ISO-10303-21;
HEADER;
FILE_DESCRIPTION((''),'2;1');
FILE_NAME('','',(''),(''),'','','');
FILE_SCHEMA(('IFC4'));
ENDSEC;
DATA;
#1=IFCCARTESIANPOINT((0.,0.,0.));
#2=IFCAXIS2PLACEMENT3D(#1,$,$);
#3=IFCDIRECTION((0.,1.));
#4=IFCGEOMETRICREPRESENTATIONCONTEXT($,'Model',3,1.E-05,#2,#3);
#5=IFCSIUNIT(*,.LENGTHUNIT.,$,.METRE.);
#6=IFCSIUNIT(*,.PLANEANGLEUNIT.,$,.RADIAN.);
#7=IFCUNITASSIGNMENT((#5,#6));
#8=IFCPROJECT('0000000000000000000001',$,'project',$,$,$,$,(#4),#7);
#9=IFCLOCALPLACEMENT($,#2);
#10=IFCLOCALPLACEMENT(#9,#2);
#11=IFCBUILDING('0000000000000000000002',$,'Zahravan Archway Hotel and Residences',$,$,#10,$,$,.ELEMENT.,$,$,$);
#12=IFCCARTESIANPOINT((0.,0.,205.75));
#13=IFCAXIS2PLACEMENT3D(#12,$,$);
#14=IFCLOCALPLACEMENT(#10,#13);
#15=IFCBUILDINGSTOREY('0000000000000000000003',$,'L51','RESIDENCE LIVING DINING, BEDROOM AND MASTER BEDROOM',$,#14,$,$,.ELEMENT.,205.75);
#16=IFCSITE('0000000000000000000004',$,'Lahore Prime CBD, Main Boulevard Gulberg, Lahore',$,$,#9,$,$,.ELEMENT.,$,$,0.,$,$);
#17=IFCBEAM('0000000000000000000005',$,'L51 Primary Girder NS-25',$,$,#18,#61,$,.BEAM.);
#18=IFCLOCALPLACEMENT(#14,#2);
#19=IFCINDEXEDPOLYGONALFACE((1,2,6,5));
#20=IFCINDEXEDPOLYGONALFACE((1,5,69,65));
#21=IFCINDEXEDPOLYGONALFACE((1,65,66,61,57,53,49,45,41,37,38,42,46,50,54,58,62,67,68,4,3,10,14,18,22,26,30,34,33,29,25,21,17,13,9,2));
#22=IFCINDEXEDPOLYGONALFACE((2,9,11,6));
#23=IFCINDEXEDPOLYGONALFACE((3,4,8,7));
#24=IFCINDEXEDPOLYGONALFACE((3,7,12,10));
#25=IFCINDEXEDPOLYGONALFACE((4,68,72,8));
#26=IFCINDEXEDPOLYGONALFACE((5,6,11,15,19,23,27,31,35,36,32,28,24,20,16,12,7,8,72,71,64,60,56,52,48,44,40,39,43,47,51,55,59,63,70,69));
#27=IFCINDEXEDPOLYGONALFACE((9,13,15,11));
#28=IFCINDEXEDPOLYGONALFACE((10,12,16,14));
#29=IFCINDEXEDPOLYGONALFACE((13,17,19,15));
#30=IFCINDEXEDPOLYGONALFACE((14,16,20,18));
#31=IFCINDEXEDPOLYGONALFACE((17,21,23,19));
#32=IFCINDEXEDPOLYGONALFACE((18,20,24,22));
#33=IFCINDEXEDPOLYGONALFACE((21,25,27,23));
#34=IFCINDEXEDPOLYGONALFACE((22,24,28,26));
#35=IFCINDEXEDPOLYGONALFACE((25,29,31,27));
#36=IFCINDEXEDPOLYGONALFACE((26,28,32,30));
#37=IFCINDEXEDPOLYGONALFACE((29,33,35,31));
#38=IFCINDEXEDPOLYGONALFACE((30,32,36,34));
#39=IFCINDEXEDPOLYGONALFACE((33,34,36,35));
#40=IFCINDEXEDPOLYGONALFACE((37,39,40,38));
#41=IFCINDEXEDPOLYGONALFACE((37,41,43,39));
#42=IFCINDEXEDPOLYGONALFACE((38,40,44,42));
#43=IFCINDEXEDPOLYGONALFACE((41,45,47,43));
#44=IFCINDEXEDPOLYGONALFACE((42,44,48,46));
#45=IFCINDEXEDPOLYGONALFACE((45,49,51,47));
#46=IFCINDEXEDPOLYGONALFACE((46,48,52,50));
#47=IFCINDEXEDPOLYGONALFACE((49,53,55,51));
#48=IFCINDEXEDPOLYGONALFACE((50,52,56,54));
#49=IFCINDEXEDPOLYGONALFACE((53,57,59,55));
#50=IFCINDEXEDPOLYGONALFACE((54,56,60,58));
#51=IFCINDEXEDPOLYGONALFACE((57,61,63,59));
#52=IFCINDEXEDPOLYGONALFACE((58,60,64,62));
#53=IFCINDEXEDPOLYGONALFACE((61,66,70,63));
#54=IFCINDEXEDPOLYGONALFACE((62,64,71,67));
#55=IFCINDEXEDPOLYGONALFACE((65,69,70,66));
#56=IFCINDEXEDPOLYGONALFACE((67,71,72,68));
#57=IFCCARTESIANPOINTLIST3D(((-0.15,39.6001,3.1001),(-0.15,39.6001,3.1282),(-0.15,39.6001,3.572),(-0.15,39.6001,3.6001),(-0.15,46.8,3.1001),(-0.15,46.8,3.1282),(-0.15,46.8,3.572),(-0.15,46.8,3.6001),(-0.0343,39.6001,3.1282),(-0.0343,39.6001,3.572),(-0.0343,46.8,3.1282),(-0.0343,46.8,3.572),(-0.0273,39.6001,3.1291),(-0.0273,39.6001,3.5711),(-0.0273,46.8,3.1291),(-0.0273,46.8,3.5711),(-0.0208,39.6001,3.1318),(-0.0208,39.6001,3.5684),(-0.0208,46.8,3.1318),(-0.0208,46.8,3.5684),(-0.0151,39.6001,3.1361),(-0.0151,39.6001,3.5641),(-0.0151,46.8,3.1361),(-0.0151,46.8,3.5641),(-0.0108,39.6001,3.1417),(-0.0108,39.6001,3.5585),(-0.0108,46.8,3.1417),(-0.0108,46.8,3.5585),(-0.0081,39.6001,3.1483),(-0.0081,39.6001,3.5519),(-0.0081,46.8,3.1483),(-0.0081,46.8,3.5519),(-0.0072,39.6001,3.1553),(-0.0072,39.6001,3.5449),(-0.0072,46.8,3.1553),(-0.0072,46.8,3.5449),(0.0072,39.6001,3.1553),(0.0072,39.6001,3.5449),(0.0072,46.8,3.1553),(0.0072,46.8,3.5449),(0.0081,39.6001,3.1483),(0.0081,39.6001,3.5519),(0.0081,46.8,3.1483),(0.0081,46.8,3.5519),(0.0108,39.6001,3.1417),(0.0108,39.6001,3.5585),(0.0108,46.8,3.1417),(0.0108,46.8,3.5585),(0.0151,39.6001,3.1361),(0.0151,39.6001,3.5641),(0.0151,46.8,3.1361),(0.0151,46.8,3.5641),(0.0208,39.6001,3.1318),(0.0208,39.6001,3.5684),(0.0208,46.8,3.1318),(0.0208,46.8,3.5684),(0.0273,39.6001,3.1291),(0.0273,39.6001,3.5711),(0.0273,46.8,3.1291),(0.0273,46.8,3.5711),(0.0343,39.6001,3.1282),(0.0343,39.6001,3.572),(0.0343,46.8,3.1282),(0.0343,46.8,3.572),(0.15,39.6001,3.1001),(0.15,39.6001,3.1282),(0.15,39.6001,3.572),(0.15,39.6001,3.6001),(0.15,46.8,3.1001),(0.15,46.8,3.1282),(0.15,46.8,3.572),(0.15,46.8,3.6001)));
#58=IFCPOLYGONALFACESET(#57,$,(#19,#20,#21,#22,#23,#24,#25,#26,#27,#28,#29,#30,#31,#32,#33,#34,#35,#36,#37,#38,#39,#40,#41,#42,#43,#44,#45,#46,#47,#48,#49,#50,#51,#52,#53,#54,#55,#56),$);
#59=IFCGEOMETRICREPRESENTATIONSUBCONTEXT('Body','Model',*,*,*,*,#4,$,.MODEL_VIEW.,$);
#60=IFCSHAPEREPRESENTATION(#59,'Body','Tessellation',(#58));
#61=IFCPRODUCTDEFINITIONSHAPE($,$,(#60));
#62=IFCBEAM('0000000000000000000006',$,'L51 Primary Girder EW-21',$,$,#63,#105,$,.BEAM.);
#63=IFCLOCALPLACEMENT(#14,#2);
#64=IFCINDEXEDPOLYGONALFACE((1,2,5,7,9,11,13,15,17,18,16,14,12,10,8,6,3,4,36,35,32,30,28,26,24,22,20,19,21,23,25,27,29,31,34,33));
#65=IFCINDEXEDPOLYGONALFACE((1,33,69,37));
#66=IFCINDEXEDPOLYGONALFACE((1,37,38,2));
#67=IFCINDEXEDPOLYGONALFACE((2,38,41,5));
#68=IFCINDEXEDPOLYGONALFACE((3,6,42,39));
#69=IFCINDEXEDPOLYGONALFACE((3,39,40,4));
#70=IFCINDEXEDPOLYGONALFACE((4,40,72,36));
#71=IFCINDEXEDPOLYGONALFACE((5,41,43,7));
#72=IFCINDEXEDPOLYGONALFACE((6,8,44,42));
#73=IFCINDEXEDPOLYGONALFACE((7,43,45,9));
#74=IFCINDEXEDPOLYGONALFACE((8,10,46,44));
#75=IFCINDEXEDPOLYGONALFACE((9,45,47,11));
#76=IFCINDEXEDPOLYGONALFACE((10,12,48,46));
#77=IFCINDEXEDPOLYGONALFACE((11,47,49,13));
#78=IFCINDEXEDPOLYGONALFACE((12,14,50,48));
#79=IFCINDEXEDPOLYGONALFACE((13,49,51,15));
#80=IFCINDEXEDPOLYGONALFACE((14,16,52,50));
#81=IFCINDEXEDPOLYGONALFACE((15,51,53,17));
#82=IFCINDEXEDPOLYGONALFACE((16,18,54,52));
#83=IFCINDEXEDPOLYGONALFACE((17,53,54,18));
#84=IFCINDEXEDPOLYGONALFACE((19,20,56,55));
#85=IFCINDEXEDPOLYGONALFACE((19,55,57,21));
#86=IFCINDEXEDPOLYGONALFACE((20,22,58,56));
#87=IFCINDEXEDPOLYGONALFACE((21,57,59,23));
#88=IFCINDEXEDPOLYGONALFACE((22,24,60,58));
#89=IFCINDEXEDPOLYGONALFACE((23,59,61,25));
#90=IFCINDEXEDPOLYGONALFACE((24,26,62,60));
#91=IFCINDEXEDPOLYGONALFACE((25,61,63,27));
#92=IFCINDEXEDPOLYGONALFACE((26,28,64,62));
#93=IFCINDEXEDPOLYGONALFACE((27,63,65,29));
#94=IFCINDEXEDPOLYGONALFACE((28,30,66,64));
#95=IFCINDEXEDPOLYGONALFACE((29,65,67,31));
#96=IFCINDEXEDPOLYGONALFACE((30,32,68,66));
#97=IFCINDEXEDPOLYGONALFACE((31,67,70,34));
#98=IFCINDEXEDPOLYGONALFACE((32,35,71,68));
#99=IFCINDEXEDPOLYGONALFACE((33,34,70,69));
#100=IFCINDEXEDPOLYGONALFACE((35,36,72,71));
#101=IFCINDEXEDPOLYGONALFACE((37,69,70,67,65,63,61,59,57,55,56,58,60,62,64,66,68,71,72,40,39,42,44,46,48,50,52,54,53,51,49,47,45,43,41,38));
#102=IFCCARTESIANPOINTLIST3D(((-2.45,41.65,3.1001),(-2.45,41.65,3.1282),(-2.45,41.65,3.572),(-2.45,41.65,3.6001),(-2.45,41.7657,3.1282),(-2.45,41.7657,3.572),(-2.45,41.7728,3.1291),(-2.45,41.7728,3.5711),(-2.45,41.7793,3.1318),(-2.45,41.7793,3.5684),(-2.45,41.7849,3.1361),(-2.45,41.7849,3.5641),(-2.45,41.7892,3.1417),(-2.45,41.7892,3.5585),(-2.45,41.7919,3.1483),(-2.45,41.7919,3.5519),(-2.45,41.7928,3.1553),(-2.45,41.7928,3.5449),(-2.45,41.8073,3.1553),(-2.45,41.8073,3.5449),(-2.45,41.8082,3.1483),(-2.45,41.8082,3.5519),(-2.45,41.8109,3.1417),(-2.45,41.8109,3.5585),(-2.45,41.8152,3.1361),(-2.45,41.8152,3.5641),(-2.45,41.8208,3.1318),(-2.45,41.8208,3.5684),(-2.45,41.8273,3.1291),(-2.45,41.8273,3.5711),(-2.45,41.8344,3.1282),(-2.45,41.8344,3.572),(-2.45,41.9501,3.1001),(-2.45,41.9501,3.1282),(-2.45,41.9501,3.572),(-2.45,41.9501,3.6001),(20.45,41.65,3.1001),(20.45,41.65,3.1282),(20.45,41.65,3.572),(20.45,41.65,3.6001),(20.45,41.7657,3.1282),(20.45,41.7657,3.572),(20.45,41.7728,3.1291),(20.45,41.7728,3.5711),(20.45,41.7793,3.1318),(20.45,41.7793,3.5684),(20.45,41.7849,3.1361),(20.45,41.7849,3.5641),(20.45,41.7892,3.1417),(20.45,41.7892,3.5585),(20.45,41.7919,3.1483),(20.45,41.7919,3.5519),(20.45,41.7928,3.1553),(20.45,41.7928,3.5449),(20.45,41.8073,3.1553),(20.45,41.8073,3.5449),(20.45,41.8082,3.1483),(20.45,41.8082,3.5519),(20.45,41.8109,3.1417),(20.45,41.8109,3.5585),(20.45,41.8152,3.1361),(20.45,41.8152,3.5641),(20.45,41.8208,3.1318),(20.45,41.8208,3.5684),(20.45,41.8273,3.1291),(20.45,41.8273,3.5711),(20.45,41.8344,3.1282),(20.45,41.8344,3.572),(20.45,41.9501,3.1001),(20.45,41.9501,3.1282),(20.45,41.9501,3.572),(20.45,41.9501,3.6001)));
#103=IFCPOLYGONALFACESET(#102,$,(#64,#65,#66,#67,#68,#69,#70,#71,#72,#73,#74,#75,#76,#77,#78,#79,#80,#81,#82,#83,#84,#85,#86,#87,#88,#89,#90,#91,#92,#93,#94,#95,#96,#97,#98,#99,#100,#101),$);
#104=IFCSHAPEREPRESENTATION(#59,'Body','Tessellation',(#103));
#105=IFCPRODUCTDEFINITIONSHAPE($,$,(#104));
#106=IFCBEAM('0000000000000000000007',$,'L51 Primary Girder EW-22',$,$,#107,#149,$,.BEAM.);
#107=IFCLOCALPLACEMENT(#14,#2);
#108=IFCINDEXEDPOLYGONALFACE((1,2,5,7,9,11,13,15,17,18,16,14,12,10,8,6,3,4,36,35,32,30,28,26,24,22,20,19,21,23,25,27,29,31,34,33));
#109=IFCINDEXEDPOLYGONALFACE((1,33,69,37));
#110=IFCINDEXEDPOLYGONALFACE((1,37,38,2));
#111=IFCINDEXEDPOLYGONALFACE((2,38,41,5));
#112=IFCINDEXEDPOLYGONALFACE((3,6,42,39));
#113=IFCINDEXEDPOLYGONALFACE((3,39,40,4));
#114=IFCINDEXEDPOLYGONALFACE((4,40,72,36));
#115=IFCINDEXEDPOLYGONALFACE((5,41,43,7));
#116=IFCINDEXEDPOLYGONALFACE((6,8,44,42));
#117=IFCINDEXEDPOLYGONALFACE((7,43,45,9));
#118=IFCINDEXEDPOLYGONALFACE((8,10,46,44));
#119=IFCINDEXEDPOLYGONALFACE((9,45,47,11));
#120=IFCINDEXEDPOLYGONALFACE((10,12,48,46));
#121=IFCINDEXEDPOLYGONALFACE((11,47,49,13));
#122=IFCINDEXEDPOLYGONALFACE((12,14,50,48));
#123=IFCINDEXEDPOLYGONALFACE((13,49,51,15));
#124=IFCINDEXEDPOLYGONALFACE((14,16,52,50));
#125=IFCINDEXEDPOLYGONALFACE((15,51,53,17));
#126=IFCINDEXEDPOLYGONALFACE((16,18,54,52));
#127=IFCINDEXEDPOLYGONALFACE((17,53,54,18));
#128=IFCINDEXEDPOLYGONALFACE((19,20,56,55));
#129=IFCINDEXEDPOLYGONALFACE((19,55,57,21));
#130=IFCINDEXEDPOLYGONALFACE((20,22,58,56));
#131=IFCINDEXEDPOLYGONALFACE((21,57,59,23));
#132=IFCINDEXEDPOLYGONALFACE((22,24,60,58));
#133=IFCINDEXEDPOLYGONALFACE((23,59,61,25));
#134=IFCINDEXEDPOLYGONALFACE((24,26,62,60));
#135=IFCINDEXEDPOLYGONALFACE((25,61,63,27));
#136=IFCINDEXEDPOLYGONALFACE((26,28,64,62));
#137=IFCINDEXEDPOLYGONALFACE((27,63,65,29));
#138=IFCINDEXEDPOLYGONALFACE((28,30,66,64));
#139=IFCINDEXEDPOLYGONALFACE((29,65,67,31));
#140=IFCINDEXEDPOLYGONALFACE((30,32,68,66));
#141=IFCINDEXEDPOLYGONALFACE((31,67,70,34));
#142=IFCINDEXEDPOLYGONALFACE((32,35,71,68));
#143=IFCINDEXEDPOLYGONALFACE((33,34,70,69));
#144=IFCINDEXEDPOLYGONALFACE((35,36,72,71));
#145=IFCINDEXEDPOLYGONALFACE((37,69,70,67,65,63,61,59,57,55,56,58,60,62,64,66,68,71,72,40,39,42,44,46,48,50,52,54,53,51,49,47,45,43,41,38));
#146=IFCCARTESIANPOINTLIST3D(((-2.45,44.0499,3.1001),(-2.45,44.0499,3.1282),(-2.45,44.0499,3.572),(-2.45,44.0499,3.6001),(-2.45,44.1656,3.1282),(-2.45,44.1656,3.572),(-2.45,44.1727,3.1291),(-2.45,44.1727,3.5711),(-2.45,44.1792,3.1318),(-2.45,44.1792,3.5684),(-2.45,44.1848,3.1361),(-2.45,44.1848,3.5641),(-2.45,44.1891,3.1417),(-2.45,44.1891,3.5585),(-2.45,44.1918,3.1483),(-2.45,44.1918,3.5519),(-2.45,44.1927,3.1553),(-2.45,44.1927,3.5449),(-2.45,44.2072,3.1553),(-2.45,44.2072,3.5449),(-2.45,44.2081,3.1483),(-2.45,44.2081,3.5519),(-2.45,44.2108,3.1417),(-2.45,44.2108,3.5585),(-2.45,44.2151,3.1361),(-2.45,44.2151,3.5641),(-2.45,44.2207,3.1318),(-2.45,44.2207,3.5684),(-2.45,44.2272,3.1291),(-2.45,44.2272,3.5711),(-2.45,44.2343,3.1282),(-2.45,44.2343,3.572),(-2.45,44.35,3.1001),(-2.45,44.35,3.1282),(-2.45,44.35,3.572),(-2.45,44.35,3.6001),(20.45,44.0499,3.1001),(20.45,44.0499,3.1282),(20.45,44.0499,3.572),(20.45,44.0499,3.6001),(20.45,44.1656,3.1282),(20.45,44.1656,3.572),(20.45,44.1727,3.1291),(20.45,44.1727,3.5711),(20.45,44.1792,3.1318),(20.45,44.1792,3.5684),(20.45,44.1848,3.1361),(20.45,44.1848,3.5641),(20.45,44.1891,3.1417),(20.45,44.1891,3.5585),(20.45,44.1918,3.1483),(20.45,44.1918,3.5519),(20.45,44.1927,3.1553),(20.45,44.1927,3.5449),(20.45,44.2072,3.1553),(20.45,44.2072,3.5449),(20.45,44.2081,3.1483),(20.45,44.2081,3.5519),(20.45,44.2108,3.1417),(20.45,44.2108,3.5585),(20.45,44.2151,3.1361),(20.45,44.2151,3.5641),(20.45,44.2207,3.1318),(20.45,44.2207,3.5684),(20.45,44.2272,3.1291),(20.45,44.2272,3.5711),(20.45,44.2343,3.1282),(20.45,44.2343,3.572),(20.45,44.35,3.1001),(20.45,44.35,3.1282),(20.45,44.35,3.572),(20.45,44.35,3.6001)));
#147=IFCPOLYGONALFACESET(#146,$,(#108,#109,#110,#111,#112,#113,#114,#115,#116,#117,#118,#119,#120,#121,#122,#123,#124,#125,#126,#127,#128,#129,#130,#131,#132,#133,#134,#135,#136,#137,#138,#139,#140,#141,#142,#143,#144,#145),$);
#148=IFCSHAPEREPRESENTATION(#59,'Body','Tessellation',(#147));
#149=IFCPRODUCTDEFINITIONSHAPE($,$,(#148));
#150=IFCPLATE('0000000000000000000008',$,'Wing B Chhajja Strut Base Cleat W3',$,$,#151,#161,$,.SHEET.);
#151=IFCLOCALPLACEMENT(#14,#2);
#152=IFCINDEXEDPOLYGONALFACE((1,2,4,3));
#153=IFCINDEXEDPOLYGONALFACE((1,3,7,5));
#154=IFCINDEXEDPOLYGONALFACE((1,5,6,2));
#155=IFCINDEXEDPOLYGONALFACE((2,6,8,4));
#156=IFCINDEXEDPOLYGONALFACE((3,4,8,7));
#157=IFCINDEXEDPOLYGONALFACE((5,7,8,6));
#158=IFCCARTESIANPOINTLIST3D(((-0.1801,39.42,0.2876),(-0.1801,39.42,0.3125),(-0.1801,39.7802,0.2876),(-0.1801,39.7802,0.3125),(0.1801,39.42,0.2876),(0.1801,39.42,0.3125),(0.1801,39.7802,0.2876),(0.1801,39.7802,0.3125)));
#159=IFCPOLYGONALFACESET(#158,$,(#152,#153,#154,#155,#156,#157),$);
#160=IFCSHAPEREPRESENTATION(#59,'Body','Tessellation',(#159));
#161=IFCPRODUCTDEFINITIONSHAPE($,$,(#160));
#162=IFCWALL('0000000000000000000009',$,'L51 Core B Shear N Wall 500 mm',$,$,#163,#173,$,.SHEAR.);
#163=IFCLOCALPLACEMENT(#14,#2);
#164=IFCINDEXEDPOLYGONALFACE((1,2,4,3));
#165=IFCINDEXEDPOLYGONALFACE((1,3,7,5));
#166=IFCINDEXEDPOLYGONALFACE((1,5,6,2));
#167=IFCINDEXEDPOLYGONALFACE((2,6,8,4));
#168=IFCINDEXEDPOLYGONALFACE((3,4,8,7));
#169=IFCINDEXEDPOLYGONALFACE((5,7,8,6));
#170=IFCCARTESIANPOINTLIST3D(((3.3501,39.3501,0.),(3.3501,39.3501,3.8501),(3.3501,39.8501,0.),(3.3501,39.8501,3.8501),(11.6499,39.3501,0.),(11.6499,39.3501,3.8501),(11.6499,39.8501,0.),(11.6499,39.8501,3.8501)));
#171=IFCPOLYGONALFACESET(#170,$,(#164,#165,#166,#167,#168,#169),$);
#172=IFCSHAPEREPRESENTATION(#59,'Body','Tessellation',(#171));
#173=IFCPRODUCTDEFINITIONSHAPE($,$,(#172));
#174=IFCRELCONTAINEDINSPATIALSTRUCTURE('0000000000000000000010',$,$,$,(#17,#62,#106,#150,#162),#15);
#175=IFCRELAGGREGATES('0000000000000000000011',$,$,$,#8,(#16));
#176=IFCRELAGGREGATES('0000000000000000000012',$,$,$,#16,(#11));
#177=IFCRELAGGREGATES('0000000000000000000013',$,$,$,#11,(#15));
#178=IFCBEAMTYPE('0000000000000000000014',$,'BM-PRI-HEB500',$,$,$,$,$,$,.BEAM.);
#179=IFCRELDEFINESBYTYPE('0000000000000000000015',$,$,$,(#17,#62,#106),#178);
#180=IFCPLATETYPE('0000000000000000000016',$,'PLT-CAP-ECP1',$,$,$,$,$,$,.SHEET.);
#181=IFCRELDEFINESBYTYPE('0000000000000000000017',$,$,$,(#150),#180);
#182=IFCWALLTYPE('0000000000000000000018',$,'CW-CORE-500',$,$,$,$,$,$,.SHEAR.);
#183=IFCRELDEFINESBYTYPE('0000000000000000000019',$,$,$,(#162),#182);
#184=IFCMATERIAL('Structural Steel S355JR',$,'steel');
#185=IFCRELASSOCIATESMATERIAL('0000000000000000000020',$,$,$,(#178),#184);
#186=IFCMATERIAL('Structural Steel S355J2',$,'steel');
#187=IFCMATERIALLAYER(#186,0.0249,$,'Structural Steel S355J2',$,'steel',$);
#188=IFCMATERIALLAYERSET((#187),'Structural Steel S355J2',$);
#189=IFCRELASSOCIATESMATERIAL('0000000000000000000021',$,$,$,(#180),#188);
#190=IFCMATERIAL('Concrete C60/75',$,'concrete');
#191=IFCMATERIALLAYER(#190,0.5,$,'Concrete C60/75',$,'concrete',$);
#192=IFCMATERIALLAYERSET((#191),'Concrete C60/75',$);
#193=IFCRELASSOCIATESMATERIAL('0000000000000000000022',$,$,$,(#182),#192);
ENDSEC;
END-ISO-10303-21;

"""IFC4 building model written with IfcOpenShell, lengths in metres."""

from ifc_helpers import new_model, si_unit, direction, frame, frame_2d, origin, origin_2d, place, context, subcontext, project, spatial, rectangle, i_section, extrude, source, transform, mapped, material, layer, layer_set, material_profile, profile_set, type_object, type_shapes, element, save


model = new_model("IFC4")

# Units and contexts
model_context = context("Model", 3, precision=1e-05, world=origin(), true_north=direction((0.0, 1.0)))
body_context = subcontext(model_context, "Body", "Model", "MODEL_VIEW")
ifc_project = project(units=[si_unit("LENGTHUNIT", "METRE"), si_unit("PLANEANGLEUNIT", "RADIAN")], contexts=[model_context])

# Site, building, storey
site_placement = place(None, origin())
site = spatial("IfcSite", under=ifc_project, at=site_placement, Name="Lahore Prime CBD, Main Boulevard Gulberg, Lahore", CompositionType="ELEMENT", RefElevation=0.0)
building_placement = place(site_placement, origin())
building = spatial("IfcBuilding", under=site, at=building_placement, Name="Zahravan Archway Hotel and Residences", CompositionType="ELEMENT")
storey_placement = place(building_placement, frame((0.0, 0.0, 205.75)))
storey = spatial("IfcBuildingStorey", under=building, at=storey_placement, Name="L51", Description="RESIDENCE LIVING DINING, BEDROOM AND MASTER BEDROOM", CompositionType="ELEMENT", Elevation=205.75)

# Shared definitions
ifc_material_1 = material(Name="Concrete C60/75", Category="concrete")

# Beams
ifc_material_2 = material(Name="Structural Steel S355JR", Category="steel")
ifc_material_profile_1 = material_profile(ifc_material_2, i_section(OverallWidth=0.3, OverallDepth=0.5, WebThickness=0.0144, FlangeThickness=0.0281, FilletRadius=0.0271, at=origin_2d()), Name="HEB 500", Category="steel")
ifc_profile_set_1 = profile_set([ifc_material_profile_1], Name="Structural Steel S355JR")
beam_type_1 = type_object("IfcBeamType", Name="BM-PRI-HEB500", PredefinedType="BEAM", material=ifc_profile_set_1)
shared_shape_1 = source(origin(), body_context, "Body", "SweptSolid", [
    extrude(i_section(OverallWidth=0.3, OverallDepth=0.5, WebThickness=0.0144, FlangeThickness=0.0281, FilletRadius=0.0271, at=origin_2d()), origin(), (0.0, 0.0, 1.0), 7.2),
])
for number, where, z_axis, x_axis, name in (
    (1, (0.0, 39.6001, 3.3501), (0.0, 1.0, 0.0), (-1.0, 0.0, 0.0), "L51 Primary Girder NS-25"),
):
    element("IfcBeam", number, at=place(storey_placement, frame(where, z_axis=z_axis, x_axis=x_axis)), inside=storey, type_object=beam_type_1, Name=name, PredefinedType="BEAM", context=body_context, shape_type="MappedRepresentation", body=[
        mapped(shared_shape_1, transform((0.0, 0.0, 0.0), scale=1.0)),
    ])
shared_shape_2 = source(origin(), body_context, "Body", "SweptSolid", [
    extrude(i_section(OverallWidth=0.3, OverallDepth=0.5, WebThickness=0.0144, FlangeThickness=0.0281, FilletRadius=0.0271, at=origin_2d()), origin(), (0.0, 0.0, 1.0), 22.8999),
])
for number, where, z_axis, x_axis, name in (
    (2, (-2.45, 41.8, 3.3501), (1.0, 0.0, 0.0), (0.0, 1.0, 0.0), "L51 Primary Girder EW-21"),
    (3, (-2.45, 44.2, 3.3501), (1.0, 0.0, 0.0), (0.0, 1.0, 0.0), "L51 Primary Girder EW-22"),
):
    element("IfcBeam", number, at=place(storey_placement, frame(where, z_axis=z_axis, x_axis=x_axis)), inside=storey, type_object=beam_type_1, Name=name, PredefinedType="BEAM", context=body_context, shape_type="MappedRepresentation", body=[
        mapped(shared_shape_2, transform((0.0, 0.0, 0.0), scale=1.0)),
    ])

# Plate
ifc_material_3 = material(Name="Structural Steel S355J2", Category="steel")
ifc_layer_1 = layer(ifc_material_3, 0.0249, Name="Structural Steel S355J2", Category="steel")
ifc_layer_set_1 = layer_set([ifc_layer_1], Name="Structural Steel S355J2")
plate_type = type_object("IfcPlateType", Name="PLT-CAP-ECP1", PredefinedType="SHEET", material=ifc_layer_set_1)
shared_shape_3 = source(origin(), body_context, "Body", "SweptSolid", [
    extrude(rectangle(XDim=0.3601, YDim=0.3601, at=origin_2d()), origin(), (0.0, 0.0, 1.0), 0.0249),
])
type_shapes(plate_type, [shared_shape_3])
plate_placement = place(storey_placement, frame((0.0, 39.6001, 0.2876), z_axis=(0.0, 0.0, 1.0), x_axis=(1.0, 0.0, 0.0)))
element("IfcPlate", 4, at=plate_placement, inside=storey, type_object=plate_type, Name="Wing B Chhajja Strut Base Cleat W3", PredefinedType="SHEET", context=body_context, shape_type="MappedRepresentation", body=[
    mapped(shared_shape_3, transform((0.0, 0.0, 0.0), scale=1.0)),
])

# Wall
ifc_layer_2 = layer(ifc_material_1, 0.5, Name="Concrete C60/75", Category="concrete")
ifc_layer_set_2 = layer_set([ifc_layer_2], Name="Concrete C60/75")
wall_type_1 = type_object("IfcWallType", Name="CW-CORE-500", PredefinedType="SHEAR", material=ifc_layer_set_2)
wall_1_placement = place(storey_placement, frame((3.3501, 39.6001, 0.0), z_axis=(0.0, 0.0, 1.0), x_axis=(1.0, 0.0, 0.0)))
element("IfcWall", 5, at=wall_1_placement, inside=storey, type_object=wall_type_1, Name="L51 Core B Shear N Wall 500 mm", PredefinedType="SHEAR", context=body_context, shape_type="SweptSolid", body=[
    extrude(rectangle(XDim=8.2998, YDim=0.5, at=frame_2d((4.1499, 0.0))), origin(), (0.0, 0.0, 1.0), 3.8501),
])

save(model, "model.ifc")
